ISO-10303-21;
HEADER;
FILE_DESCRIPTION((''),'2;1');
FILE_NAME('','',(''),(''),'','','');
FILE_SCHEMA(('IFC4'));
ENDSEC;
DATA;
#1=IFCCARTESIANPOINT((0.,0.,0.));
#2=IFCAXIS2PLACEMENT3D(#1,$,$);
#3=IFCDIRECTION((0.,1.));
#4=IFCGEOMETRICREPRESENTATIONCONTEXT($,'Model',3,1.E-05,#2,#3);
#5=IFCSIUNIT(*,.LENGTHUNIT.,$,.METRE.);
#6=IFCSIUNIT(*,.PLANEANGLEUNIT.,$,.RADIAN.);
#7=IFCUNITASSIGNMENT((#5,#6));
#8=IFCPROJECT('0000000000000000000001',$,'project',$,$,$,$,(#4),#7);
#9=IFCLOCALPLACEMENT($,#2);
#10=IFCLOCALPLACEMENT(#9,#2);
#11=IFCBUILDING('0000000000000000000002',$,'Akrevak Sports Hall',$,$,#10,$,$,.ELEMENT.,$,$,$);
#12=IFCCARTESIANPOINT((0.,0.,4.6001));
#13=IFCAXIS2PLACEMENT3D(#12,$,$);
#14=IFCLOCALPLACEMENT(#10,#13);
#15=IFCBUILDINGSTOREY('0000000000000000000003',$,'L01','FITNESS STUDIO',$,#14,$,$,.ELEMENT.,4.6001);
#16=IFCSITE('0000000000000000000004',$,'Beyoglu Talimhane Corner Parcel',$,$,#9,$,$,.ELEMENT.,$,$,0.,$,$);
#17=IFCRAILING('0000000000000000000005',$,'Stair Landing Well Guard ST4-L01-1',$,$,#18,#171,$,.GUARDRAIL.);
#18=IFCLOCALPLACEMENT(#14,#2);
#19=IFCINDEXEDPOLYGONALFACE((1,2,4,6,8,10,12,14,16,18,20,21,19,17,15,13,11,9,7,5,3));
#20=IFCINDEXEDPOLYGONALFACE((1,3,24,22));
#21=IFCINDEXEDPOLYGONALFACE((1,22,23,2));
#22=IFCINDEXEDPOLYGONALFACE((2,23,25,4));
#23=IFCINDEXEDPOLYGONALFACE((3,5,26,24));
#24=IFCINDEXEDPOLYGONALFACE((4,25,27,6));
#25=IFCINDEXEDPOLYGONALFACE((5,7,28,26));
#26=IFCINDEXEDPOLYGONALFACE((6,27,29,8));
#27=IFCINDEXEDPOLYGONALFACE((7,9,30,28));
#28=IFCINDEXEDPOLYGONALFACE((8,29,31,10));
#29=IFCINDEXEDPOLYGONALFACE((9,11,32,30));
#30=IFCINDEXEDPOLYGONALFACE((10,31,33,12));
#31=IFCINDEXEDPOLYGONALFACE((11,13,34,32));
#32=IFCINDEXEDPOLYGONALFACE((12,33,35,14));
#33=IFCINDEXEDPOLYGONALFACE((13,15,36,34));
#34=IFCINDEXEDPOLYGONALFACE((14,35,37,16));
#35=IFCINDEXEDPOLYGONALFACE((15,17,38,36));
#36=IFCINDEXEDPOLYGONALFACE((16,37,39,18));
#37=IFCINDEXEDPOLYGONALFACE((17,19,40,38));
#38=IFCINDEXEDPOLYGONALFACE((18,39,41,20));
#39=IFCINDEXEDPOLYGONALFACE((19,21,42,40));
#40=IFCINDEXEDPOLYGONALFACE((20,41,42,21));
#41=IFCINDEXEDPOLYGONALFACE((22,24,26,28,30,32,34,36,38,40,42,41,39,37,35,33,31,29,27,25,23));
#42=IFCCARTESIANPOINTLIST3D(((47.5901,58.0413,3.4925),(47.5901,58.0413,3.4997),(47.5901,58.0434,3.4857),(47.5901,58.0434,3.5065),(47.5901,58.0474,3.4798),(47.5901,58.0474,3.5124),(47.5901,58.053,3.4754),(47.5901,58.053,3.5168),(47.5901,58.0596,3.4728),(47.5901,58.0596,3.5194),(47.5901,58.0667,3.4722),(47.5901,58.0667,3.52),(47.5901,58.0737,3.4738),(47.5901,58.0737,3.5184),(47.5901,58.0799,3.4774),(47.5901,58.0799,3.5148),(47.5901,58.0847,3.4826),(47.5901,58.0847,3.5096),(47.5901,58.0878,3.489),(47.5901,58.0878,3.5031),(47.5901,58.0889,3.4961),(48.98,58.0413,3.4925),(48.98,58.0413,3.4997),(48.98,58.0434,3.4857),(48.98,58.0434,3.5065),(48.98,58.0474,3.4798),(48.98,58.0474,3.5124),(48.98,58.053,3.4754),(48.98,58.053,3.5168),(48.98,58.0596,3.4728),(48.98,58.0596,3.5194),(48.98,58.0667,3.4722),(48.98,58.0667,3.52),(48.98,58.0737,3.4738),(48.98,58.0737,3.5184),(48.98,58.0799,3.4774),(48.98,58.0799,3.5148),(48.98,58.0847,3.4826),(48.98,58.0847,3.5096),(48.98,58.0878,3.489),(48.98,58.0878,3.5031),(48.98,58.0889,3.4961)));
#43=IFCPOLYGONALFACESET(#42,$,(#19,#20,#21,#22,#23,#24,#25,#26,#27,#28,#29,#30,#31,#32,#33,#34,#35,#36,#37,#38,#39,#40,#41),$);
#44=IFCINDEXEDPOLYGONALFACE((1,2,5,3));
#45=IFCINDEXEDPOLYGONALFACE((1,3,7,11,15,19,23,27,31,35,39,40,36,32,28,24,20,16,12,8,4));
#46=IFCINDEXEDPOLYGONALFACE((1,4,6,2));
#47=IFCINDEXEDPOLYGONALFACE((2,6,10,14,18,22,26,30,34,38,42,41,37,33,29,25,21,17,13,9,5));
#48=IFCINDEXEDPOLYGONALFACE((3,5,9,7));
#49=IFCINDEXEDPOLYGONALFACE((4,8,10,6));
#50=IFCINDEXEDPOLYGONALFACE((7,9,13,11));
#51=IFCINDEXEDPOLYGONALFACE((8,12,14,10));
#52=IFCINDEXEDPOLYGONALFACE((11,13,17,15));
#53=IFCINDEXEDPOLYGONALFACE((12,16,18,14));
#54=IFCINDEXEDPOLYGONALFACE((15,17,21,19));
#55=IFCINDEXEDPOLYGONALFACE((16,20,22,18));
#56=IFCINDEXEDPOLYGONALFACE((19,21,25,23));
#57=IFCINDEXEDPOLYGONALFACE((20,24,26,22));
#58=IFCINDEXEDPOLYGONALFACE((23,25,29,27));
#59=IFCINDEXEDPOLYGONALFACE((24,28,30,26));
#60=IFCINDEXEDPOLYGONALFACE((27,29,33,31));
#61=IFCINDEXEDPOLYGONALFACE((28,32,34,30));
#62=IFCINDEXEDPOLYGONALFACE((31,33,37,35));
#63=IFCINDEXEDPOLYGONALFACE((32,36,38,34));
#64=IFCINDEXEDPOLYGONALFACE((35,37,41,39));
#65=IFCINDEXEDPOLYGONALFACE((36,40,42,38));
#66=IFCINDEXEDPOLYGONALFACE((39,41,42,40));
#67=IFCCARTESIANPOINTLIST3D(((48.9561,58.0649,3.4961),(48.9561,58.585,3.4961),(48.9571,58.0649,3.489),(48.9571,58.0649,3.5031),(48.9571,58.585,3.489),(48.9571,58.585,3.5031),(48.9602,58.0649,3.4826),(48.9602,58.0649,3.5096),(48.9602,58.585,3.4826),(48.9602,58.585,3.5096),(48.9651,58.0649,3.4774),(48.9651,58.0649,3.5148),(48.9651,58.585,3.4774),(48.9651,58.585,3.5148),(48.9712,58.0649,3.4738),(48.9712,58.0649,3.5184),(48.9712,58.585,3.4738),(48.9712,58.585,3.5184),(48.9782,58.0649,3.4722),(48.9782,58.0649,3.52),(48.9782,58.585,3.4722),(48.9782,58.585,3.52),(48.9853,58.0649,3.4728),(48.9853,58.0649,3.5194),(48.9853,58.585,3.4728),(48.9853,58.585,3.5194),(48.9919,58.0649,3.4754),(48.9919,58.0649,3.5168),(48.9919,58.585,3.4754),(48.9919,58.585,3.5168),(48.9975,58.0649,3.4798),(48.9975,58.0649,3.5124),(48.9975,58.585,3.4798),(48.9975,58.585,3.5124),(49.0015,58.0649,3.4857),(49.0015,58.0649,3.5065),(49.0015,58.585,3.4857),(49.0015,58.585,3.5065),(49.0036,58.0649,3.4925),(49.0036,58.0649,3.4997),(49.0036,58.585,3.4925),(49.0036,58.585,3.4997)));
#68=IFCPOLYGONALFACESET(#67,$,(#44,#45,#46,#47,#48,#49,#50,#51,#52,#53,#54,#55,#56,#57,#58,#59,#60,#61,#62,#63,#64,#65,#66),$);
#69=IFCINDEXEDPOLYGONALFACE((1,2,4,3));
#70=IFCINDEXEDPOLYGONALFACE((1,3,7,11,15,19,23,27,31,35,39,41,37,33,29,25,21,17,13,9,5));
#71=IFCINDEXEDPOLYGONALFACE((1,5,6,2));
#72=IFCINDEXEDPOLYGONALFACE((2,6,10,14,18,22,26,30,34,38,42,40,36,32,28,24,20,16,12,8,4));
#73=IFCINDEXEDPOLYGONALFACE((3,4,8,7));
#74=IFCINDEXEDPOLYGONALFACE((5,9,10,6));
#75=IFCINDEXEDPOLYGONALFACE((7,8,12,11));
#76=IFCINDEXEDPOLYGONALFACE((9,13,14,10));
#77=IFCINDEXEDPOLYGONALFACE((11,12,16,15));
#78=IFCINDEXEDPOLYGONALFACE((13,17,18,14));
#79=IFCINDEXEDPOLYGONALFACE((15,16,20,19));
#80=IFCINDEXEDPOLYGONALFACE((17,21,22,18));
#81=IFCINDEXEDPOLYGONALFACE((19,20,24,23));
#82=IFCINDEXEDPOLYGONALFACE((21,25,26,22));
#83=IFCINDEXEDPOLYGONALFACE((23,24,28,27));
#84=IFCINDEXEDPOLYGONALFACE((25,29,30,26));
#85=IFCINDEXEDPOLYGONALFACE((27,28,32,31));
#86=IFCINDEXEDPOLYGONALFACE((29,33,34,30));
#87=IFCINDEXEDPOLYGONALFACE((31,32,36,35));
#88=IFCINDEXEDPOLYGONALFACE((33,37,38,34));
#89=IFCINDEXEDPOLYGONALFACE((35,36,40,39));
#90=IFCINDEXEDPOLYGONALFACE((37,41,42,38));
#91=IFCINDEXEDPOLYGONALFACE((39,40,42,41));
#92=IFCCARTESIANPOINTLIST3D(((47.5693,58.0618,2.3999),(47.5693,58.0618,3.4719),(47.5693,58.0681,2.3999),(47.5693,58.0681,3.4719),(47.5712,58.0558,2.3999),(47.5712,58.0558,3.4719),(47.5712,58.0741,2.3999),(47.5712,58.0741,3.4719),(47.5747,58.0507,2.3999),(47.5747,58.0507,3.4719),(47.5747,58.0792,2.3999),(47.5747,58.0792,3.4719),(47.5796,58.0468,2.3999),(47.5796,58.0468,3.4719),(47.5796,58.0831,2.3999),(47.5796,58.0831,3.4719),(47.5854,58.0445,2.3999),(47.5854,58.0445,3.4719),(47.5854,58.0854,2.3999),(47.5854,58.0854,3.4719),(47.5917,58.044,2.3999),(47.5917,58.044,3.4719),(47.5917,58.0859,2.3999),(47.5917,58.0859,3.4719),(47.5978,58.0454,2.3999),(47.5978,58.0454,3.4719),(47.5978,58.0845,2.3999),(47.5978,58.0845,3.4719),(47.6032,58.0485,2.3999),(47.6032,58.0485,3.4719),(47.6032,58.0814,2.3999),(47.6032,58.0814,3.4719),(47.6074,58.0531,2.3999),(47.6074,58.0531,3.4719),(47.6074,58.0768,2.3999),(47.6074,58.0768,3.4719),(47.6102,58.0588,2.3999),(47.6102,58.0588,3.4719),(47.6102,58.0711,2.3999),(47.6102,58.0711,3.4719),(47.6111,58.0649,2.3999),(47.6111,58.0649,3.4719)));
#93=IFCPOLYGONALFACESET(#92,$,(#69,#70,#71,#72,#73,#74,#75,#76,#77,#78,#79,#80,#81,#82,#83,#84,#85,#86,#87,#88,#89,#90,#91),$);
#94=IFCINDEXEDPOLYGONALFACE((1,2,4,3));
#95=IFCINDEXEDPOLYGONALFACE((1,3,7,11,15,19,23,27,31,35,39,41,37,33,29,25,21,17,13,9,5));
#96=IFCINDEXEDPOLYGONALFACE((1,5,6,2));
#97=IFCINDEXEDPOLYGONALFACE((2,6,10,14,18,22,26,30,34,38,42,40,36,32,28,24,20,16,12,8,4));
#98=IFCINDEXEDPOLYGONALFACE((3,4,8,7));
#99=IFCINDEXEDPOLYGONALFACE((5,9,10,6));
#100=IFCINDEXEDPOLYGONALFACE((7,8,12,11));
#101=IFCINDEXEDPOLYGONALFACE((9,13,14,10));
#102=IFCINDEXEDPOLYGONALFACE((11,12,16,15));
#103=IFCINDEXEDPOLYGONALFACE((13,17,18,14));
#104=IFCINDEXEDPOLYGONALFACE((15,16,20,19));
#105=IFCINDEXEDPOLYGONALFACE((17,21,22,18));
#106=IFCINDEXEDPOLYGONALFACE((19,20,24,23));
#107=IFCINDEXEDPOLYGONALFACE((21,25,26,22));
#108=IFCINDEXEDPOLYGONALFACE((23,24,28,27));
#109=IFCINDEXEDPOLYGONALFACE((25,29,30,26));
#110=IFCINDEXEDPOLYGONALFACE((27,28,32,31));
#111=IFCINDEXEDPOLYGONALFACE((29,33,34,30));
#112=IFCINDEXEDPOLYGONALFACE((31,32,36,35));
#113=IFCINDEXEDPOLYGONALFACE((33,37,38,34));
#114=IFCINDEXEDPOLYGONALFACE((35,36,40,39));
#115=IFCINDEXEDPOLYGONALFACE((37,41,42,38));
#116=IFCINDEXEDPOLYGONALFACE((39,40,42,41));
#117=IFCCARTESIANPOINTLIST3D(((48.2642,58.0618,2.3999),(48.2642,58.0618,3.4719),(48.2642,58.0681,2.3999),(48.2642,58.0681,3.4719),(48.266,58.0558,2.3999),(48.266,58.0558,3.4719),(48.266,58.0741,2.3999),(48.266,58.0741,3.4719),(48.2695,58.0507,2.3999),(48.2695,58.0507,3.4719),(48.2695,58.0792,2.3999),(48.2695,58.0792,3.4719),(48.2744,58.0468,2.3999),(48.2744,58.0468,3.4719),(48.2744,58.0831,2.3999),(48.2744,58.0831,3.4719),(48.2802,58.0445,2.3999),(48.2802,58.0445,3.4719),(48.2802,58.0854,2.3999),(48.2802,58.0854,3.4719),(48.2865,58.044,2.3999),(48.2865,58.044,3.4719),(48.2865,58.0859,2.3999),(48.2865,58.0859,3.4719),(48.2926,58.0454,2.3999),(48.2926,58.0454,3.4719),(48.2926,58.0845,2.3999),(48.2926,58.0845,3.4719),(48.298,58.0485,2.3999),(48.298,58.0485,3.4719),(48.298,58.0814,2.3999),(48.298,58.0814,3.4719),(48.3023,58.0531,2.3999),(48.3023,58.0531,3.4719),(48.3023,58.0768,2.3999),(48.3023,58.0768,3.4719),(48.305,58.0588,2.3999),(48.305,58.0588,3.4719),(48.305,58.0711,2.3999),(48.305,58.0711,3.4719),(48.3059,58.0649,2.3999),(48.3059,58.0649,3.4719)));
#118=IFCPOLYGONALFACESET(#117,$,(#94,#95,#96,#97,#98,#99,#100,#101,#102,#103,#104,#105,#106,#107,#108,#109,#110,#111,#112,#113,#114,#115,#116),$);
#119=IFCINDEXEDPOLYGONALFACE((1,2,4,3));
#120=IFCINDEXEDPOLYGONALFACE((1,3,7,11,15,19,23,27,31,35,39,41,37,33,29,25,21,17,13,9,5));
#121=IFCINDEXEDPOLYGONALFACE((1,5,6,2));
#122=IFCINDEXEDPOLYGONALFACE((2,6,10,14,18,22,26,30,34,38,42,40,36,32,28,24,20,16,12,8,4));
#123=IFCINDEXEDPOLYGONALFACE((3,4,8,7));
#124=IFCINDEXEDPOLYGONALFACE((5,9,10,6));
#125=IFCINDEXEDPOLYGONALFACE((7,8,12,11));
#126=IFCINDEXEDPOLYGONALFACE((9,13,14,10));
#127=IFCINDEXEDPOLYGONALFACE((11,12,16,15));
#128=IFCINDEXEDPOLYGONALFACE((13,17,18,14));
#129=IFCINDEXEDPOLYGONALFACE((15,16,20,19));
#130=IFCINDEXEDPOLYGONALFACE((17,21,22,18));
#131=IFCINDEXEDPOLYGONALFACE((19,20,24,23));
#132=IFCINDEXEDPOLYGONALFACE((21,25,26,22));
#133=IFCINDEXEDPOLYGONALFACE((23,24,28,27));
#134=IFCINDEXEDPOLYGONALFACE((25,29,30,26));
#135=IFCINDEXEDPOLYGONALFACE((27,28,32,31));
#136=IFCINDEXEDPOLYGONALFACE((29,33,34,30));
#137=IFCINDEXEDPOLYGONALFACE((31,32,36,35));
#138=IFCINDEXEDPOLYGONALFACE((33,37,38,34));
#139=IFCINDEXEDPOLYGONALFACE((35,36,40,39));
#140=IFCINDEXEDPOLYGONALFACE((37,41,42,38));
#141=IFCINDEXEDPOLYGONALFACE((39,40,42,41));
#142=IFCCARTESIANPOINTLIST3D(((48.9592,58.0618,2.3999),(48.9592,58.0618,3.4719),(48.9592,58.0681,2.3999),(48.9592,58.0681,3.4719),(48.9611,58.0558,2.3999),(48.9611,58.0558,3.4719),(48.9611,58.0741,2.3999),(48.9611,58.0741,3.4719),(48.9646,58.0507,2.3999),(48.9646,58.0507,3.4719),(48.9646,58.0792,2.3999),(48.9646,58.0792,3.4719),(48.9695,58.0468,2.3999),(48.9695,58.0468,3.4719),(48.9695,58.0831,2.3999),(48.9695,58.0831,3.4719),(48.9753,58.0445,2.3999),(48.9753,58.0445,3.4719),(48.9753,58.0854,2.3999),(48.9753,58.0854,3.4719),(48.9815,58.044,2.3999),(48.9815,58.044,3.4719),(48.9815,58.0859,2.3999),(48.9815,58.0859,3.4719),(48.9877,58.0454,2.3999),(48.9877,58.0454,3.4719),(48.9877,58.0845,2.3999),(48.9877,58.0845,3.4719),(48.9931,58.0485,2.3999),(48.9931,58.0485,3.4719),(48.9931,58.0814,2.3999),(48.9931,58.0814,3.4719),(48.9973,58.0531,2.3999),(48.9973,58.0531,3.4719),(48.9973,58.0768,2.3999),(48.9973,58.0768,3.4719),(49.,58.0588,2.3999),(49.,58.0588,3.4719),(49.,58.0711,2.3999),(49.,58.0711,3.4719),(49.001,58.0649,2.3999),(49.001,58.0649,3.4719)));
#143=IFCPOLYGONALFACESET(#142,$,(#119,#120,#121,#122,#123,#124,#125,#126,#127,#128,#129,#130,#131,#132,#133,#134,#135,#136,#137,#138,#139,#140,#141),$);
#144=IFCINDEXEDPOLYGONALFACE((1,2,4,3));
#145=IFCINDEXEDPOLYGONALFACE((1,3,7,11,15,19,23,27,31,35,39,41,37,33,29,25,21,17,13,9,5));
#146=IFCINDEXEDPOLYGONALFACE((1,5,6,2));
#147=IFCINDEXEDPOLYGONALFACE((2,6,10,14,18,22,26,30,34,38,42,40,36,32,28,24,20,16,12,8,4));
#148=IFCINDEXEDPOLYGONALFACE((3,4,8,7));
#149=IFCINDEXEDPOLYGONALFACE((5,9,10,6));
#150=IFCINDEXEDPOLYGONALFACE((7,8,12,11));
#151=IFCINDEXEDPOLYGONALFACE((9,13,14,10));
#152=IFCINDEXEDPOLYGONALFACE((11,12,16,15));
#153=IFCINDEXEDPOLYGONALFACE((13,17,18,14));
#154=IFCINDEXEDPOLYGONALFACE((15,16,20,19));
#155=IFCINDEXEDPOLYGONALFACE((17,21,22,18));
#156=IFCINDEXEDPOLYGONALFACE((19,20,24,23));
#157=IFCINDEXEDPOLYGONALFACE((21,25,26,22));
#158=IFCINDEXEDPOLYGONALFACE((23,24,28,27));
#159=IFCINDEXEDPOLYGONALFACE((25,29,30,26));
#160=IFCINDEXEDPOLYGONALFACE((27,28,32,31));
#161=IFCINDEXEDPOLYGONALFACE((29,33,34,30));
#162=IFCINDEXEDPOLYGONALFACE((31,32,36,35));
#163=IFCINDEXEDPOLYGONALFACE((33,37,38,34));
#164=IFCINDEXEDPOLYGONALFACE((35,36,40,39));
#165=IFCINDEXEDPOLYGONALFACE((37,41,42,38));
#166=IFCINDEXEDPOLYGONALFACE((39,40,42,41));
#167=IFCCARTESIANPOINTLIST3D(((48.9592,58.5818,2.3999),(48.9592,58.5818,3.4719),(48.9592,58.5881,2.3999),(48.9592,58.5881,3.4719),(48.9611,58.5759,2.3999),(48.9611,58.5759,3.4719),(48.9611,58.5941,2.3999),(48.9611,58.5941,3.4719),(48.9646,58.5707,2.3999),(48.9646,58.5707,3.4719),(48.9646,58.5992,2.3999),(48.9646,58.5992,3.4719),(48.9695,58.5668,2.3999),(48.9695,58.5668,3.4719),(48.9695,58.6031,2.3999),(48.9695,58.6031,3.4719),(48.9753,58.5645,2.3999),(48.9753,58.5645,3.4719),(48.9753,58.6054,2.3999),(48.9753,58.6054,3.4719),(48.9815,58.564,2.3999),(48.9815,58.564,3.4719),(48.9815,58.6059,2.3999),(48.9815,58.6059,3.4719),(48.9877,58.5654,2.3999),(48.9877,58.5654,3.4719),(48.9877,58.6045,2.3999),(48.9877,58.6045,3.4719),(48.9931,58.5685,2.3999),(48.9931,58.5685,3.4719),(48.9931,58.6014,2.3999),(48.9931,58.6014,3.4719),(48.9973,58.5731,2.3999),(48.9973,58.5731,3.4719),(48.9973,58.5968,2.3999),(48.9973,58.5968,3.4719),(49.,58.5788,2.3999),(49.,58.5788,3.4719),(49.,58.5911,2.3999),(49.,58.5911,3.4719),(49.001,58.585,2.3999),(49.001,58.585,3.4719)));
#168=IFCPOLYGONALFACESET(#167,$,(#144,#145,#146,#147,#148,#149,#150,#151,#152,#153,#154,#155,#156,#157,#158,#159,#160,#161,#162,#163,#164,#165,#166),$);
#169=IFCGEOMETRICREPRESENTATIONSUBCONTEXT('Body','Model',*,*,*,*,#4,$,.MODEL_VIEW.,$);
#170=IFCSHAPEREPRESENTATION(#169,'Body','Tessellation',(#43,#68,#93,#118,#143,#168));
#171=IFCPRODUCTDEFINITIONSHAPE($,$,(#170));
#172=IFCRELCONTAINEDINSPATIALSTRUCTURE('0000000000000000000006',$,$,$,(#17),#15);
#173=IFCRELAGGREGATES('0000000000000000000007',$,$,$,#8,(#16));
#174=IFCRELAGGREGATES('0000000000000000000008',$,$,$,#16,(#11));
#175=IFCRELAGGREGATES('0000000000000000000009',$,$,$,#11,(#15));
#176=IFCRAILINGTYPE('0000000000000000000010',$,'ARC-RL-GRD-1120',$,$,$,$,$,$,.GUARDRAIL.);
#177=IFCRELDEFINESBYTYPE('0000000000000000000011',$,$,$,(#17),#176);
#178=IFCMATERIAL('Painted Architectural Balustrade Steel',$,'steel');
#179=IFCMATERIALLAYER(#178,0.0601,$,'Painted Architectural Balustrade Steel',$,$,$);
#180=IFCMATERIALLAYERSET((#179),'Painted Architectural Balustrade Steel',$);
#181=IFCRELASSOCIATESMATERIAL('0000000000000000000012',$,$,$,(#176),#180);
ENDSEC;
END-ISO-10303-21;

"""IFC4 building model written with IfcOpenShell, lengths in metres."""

from ifc_helpers import new_model, si_unit, direction, frame, origin, origin_2d, place, context, subcontext, project, spatial, circle, extrude, material, layer, layer_set, type_object, element, save


model = new_model("IFC4")

# Units and contexts
model_context = context("Model", 3, precision=1e-05, world=origin(), true_north=direction((0.0, 1.0)))
body_context = subcontext(model_context, "Body", "Model", "MODEL_VIEW")
ifc_project = project(units=[si_unit("LENGTHUNIT", "METRE"), si_unit("PLANEANGLEUNIT", "RADIAN")], contexts=[model_context])

# Site, building, storey
site_placement = place(None, origin())
site = spatial("IfcSite", under=ifc_project, at=site_placement, Name="Beyoglu Talimhane Corner Parcel", CompositionType="ELEMENT", RefElevation=0.0)
building_placement = place(site_placement, origin())
building = spatial("IfcBuilding", under=site, at=building_placement, Name="Akrevak Sports Hall", CompositionType="ELEMENT")
storey_placement = place(building_placement, frame((0.0, 0.0, 4.6001)))
storey = spatial("IfcBuildingStorey", under=building, at=storey_placement, Name="L01", Description="FITNESS STUDIO", CompositionType="ELEMENT", Elevation=4.6001)

# Railing
ifc_material_1 = material(Name="Painted Architectural Balustrade Steel", Category="steel")
ifc_layer_1 = layer(ifc_material_1, 0.0601, Name="Painted Architectural Balustrade Steel")
ifc_layer_set_1 = layer_set([ifc_layer_1], Name="Painted Architectural Balustrade Steel")
railing_type_1 = type_object("IfcRailingType", Name="ARC-RL-GRD-1120", PredefinedType="GUARDRAIL", material=ifc_layer_set_1)
railing_1_placement = place(storey_placement, frame((47.5901, 58.0649, 2.3999)))
element("IfcRailing", 1, at=railing_1_placement, inside=storey, type_object=railing_type_1, Name="Stair Landing Well Guard ST4-L01-1", PredefinedType="GUARDRAIL", context=body_context, shape_type="SweptSolid", body=[
    extrude(circle(Radius=0.0239, at=origin_2d()), frame((0.0, 0.0, 1.0962), z_axis=(1.0, 0.0, 0.0), x_axis=(0.0, 1.0, 0.0)), (0.0, 0.0, 1.0), 1.3899),
    extrude(circle(Radius=0.0239, at=origin_2d()), frame((1.3899, 0.0, 1.0962), z_axis=(0.0, 1.0, 0.0), x_axis=(-1.0, 0.0, 0.0)), (0.0, 0.0, 1.0), 0.52),
    extrude(circle(Radius=0.021, at=origin_2d()), origin(), (0.0, 0.0, 1.0), 1.072),
    extrude(circle(Radius=0.021, at=origin_2d()), frame((0.6948, 0.0, 0.0)), (0.0, 0.0, 1.0), 1.072),
    extrude(circle(Radius=0.021, at=origin_2d()), frame((1.3899, 0.0, 0.0)), (0.0, 0.0, 1.0), 1.072),
    extrude(circle(Radius=0.021, at=origin_2d()), frame((1.3899, 0.52, 0.0)), (0.0, 0.0, 1.0), 1.072),
])

save(model, "model.ifc")
